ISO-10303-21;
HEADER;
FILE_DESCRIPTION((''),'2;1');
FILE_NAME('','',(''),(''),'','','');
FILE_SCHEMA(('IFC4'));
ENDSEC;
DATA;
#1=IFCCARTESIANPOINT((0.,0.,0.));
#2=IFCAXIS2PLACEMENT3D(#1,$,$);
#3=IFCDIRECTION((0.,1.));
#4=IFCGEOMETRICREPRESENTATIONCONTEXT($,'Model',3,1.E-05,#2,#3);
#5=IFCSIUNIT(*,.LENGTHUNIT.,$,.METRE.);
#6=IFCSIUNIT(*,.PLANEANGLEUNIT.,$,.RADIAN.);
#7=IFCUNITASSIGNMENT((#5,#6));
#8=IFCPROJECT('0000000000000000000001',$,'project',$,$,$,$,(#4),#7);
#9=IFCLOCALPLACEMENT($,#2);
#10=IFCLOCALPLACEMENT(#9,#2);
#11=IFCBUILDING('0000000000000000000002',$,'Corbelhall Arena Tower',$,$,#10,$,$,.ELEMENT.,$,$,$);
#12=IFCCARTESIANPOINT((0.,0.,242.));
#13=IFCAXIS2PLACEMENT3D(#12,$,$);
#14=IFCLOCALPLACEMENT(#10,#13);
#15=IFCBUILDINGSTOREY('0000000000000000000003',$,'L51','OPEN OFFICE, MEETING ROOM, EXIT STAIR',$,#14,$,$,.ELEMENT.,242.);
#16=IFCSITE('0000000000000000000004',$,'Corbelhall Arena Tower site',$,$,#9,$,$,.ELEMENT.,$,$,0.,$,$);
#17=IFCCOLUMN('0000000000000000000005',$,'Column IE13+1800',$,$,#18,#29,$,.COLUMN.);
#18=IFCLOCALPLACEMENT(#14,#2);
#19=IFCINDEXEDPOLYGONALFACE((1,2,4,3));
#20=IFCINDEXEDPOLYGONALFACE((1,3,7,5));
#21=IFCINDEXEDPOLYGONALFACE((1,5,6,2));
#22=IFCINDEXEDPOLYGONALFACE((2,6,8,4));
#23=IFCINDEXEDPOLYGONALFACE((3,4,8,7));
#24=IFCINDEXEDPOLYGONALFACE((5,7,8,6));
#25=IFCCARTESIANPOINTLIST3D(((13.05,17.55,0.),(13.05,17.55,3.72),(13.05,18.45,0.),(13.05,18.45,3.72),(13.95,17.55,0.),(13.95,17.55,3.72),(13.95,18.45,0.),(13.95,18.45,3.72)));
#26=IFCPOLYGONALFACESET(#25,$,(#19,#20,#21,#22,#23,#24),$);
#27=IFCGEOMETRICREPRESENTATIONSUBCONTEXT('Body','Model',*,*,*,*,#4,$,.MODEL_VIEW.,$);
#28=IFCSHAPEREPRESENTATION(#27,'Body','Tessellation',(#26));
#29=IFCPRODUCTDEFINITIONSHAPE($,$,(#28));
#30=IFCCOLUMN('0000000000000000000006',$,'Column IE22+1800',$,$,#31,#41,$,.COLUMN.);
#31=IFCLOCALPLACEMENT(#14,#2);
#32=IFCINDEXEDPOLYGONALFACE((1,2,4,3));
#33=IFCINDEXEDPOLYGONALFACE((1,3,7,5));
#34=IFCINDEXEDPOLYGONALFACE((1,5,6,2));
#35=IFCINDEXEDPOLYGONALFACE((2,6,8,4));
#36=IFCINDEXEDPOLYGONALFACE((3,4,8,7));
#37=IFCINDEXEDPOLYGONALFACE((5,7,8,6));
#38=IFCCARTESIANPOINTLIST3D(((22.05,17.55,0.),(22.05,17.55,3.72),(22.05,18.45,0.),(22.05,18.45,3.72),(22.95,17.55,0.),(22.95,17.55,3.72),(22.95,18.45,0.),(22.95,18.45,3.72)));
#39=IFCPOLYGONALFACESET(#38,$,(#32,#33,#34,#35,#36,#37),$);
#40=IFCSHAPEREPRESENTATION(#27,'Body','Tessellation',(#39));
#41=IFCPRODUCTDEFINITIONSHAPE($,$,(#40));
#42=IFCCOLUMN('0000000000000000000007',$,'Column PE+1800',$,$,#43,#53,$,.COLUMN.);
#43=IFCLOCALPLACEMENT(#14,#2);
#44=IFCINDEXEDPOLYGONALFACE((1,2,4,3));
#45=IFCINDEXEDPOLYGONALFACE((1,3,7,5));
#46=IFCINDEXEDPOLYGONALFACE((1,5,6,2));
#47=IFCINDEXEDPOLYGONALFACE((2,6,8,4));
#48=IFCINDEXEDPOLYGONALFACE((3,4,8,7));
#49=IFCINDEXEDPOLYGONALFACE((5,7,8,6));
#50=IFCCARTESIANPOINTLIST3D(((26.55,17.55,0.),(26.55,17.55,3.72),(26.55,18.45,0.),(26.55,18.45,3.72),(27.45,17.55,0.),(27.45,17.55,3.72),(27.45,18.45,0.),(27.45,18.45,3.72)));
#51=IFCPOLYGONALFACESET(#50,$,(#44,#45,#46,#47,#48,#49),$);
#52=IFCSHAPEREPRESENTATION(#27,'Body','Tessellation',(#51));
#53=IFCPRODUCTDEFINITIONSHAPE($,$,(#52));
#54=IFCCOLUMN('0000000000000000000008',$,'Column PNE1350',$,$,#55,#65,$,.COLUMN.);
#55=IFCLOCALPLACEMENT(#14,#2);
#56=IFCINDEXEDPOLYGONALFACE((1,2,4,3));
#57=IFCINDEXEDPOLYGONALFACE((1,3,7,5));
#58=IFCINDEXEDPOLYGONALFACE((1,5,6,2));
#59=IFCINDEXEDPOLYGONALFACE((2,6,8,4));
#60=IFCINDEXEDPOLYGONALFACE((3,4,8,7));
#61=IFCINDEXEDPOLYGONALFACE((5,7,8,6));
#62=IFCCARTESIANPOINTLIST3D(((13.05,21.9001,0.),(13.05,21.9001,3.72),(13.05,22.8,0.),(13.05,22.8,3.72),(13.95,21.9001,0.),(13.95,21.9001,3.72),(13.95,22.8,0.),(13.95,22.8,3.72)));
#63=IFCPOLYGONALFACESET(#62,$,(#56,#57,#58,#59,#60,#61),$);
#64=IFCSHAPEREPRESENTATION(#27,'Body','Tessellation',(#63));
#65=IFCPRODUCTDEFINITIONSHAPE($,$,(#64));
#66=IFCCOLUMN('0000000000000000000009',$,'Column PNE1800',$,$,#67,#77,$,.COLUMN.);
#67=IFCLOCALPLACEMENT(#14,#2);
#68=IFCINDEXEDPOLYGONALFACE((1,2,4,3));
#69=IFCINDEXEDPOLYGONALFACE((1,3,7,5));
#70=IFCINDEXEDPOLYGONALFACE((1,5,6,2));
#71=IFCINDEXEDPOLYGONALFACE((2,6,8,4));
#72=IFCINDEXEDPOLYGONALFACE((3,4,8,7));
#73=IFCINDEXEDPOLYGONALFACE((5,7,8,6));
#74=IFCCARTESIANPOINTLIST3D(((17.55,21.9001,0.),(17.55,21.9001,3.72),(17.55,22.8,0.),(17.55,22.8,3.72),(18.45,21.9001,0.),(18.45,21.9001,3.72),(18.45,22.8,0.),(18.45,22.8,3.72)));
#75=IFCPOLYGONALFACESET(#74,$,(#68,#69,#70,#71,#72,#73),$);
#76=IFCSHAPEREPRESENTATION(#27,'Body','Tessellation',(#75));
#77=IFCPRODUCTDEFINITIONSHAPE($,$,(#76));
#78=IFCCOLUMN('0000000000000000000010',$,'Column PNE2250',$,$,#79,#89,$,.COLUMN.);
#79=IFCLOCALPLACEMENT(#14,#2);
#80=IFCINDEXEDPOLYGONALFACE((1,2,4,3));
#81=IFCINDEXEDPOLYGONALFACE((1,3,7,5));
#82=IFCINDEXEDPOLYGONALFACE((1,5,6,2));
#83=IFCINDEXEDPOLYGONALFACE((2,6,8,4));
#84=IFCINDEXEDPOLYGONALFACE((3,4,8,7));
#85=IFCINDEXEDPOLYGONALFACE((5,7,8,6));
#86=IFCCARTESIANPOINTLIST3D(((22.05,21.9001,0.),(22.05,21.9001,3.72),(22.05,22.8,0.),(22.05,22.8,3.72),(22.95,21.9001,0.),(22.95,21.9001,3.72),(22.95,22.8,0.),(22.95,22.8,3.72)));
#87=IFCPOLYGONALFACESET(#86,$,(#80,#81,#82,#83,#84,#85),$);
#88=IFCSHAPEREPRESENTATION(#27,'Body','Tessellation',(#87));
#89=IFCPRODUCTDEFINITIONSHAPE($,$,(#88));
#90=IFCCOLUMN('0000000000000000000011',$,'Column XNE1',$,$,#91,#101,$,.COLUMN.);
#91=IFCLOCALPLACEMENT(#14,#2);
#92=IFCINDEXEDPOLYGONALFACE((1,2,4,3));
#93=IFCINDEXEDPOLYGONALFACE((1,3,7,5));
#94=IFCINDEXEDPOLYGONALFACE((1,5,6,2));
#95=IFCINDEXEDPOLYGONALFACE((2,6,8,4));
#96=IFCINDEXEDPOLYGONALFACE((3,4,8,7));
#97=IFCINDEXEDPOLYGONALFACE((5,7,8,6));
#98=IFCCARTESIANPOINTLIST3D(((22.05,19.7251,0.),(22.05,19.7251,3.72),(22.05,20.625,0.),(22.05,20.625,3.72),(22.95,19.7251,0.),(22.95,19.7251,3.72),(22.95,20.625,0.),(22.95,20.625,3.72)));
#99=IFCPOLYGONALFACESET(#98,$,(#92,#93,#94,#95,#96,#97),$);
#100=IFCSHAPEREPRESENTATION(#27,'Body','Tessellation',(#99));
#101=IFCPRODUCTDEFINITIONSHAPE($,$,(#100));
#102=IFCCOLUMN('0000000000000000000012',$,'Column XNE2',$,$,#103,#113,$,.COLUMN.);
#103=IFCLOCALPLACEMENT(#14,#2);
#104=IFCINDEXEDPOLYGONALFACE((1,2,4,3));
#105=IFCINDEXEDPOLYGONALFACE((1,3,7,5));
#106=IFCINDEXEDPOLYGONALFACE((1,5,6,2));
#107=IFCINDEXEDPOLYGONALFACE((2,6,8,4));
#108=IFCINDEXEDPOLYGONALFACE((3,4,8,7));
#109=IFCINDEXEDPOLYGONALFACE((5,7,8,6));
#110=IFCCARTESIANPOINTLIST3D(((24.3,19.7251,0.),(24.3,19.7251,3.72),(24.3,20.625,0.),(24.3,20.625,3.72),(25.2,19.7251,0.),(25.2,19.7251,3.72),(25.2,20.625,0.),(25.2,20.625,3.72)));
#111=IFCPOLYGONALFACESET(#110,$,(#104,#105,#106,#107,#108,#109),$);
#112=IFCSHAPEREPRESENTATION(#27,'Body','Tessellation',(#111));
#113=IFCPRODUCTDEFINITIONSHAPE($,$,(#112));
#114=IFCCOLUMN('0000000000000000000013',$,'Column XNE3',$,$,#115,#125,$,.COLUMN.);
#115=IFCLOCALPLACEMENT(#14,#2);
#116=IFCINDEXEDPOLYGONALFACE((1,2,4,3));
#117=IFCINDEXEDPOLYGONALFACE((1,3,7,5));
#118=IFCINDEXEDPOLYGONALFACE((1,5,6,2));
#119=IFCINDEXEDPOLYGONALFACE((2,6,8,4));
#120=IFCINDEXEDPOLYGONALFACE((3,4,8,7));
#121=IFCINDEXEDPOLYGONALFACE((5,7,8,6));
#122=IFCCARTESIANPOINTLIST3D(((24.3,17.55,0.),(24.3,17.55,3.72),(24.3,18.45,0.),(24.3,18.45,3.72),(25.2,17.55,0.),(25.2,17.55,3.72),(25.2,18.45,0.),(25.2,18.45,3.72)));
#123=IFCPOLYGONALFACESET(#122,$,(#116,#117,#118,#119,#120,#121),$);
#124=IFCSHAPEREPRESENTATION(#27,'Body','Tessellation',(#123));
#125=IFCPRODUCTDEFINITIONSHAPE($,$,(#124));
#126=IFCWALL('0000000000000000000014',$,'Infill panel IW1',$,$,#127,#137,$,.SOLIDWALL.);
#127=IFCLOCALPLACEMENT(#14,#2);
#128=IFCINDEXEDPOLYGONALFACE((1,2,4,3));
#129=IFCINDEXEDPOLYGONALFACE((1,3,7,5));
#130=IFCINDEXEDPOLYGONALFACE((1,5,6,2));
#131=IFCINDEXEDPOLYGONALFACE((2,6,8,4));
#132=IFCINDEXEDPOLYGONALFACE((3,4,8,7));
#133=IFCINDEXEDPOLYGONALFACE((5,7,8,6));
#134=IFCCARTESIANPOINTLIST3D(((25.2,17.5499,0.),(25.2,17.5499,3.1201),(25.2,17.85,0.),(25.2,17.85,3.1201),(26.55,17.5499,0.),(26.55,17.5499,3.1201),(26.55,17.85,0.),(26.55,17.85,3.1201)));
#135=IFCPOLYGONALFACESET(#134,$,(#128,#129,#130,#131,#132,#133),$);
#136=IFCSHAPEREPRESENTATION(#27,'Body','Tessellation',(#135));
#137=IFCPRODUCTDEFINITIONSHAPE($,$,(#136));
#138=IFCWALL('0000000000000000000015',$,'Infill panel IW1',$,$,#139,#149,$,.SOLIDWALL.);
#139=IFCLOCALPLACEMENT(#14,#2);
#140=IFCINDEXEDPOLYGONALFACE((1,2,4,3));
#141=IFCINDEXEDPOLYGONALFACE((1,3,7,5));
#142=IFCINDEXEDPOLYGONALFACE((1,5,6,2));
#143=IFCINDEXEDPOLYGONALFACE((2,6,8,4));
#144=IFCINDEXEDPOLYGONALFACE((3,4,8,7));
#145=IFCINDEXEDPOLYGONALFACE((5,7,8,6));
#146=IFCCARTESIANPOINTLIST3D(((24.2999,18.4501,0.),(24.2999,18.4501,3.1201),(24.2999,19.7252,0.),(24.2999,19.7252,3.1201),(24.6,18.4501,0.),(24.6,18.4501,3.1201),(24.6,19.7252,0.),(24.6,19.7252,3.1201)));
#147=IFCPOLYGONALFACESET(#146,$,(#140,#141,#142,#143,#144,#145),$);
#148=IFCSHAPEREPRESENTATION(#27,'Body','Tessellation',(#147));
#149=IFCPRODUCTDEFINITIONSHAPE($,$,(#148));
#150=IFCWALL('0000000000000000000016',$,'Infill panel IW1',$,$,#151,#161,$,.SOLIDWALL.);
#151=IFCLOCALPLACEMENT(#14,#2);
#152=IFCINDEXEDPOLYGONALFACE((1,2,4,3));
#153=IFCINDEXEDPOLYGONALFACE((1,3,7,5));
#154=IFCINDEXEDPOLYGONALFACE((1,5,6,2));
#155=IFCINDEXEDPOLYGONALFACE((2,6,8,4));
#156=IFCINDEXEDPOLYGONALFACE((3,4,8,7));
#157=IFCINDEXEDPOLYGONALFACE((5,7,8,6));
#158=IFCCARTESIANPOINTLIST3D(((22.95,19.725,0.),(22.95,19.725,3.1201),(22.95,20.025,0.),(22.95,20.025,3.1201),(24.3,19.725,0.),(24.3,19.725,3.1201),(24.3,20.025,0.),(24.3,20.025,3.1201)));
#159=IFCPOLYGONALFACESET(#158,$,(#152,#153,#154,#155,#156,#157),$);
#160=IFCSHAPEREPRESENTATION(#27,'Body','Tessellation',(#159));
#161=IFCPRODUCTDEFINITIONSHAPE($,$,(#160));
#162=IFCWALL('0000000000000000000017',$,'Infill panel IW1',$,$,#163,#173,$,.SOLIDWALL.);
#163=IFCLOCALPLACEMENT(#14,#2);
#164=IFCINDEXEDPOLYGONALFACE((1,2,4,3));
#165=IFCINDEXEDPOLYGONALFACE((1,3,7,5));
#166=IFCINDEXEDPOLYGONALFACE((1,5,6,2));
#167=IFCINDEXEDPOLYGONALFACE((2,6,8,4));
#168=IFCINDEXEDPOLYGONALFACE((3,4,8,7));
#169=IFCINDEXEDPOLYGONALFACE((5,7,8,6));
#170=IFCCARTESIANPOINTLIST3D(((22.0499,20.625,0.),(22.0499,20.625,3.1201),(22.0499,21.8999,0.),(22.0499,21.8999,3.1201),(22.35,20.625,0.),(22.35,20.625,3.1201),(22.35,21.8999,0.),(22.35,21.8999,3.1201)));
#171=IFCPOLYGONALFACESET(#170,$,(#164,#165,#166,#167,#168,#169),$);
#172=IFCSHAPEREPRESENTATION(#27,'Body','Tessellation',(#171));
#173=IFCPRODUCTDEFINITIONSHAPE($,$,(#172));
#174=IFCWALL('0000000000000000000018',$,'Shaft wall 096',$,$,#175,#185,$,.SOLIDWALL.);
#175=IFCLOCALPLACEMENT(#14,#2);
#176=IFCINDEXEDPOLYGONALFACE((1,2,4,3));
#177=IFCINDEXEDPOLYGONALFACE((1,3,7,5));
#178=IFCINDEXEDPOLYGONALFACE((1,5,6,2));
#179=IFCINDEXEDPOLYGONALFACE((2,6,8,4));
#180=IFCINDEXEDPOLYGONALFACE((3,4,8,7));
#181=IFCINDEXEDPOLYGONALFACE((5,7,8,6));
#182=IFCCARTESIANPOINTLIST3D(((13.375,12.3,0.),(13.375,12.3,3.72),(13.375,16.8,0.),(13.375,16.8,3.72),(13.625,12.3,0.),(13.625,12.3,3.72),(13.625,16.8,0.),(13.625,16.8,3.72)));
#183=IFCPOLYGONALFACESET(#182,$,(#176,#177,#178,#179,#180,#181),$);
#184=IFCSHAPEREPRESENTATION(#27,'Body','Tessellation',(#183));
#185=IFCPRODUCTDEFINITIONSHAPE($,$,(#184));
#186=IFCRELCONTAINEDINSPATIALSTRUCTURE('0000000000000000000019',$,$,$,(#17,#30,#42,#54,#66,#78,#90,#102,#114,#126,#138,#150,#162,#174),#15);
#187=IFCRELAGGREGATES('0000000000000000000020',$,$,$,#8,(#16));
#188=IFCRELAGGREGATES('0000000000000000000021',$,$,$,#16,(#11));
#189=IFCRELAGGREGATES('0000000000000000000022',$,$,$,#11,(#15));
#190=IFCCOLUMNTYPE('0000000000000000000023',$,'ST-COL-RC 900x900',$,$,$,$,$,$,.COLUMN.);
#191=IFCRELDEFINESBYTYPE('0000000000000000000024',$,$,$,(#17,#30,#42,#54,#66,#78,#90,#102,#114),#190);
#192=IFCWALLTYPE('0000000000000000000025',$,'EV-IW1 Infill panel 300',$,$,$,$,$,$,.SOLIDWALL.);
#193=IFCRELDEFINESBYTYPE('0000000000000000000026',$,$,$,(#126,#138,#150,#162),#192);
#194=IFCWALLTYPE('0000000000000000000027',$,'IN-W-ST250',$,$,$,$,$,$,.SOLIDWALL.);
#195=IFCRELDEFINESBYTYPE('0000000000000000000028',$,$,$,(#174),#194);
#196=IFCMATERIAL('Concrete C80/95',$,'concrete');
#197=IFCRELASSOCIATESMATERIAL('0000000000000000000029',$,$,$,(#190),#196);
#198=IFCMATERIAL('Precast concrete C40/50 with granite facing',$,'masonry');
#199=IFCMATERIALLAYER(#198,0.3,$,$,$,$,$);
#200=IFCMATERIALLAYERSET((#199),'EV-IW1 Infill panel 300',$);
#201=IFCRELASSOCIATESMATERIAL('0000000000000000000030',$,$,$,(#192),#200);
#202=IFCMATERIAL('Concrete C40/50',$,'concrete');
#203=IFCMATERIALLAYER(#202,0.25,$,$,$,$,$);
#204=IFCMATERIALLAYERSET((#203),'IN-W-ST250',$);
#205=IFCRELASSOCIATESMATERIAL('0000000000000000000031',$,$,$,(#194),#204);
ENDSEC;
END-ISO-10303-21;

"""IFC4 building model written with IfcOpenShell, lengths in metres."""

from ifc_helpers import new_model, si_unit, direction, frame, frame_2d, origin, origin_2d, place, context, subcontext, project, spatial, rectangle, extrude, material, layer, layer_set, material_profile, profile_set, type_object, element, save


model = new_model("IFC4")

# Units and contexts
model_context = context("Model", 3, precision=1e-05, world=origin(), true_north=direction((0.0, 1.0)))
body_context = subcontext(model_context, "Body", "Model", "MODEL_VIEW")
ifc_project = project(units=[si_unit("LENGTHUNIT", "METRE"), si_unit("PLANEANGLEUNIT", "RADIAN")], contexts=[model_context])

# Site, building, storey
site_placement = place(None, origin())
site = spatial("IfcSite", under=ifc_project, at=site_placement, Name="Corbelhall Arena Tower site", CompositionType="ELEMENT", RefElevation=0.0)
building_placement = place(site_placement, origin())
building = spatial("IfcBuilding", under=site, at=building_placement, Name="Corbelhall Arena Tower", CompositionType="ELEMENT")
storey_placement = place(building_placement, frame((0.0, 0.0, 242.0)))
storey = spatial("IfcBuildingStorey", under=building, at=storey_placement, Name="L51", Description="OPEN OFFICE, MEETING ROOM, EXIT STAIR", CompositionType="ELEMENT", Elevation=242.0)

# Columns
ifc_material_1 = material(Name="Concrete C80/95", Category="concrete")
ifc_material_profile = material_profile(ifc_material_1, rectangle(XDim=0.8999, YDim=0.8999, at=origin_2d()))
ifc_profile_set = profile_set([ifc_material_profile], Name="Concrete C80/95")
column_type = type_object("IfcColumnType", Name="ST-COL-RC 900x900", PredefinedType="COLUMN", material=ifc_profile_set)
for number, where, z_axis, x_axis, name in (
    (1, (13.5, 18.0, 0.0), (0.0, 0.0, 1.0), (1.0, 0.0, 0.0), "Column IE13+1800"),
    (2, (22.5, 18.0, 0.0), (0.0, 0.0, 1.0), (1.0, 0.0, 0.0), "Column IE22+1800"),
    (3, (27.0, 18.0, 0.0), (0.0, 0.0, 1.0), (0.0, 1.0, 0.0), "Column PE+1800"),
    (4, (13.5, 22.3501, 0.0), (0.0, 0.0, 1.0), (1.0, 0.0, 0.0), "Column PNE1350"),
    (5, (18.0, 22.3501, 0.0), (0.0, 0.0, 1.0), (1.0, 0.0, 0.0), "Column PNE1800"),
    (6, (22.5, 22.3501, 0.0), (0.0, 0.0, 1.0), (1.0, 0.0, 0.0), "Column PNE2250"),
    (7, (22.5, 20.175, 0.0), (0.0, 0.0, 1.0), (1.0, 0.0, 0.0), "Column XNE1"),
    (8, (24.75, 20.175, 0.0), (0.0, 0.0, 1.0), (1.0, 0.0, 0.0), "Column XNE2"),
    (9, (24.75, 18.0, 0.0), (0.0, 0.0, 1.0), (1.0, 0.0, 0.0), "Column XNE3"),
):
    element("IfcColumn", number, at=place(storey_placement, frame(where, z_axis=z_axis, x_axis=x_axis)), inside=storey, type_object=column_type, Name=name, PredefinedType="COLUMN", context=body_context, shape_type="SweptSolid", body=[
        extrude(rectangle(XDim=0.8999, YDim=0.8999, at=origin_2d()), origin(), (0.0, 0.0, 1.0), 3.72),
    ])

# Walls
ifc_material_2 = material(Name="Precast concrete C40/50 with granite facing", Category="masonry")
ifc_layer_1 = layer(ifc_material_2, 0.3)
ifc_layer_set_1 = layer_set([ifc_layer_1], Name="EV-IW1 Infill panel 300")
wall_type_1 = type_object("IfcWallType", Name="EV-IW1 Infill panel 300", PredefinedType="SOLIDWALL", material=ifc_layer_set_1)
wall_1_placement = place(storey_placement, frame((26.55, 17.7, 0.0), z_axis=(0.0, 0.0, 1.0), x_axis=(-1.0, 0.0, 0.0)))
element("IfcWall", 10, at=wall_1_placement, inside=storey, type_object=wall_type_1, Name="Infill panel IW1", PredefinedType="SOLIDWALL", context=body_context, shape_type="SweptSolid", body=[
    extrude(rectangle(XDim=1.3501, YDim=0.3, at=frame_2d((0.675, 0.0))), origin(), (0.0, 0.0, 1.0), 3.1201),
])
wall_2_placement = place(storey_placement, frame((24.45, 18.45, 0.0), z_axis=(0.0, 0.0, 1.0), x_axis=(0.0, 1.0, 0.0)))
element("IfcWall", 11, at=wall_2_placement, inside=storey, type_object=wall_type_1, Name="Infill panel IW1", PredefinedType="SOLIDWALL", context=body_context, shape_type="SweptSolid", body=[
    extrude(rectangle(XDim=1.2751, YDim=0.3, at=frame_2d((0.6377, 0.0))), origin(), (0.0, 0.0, 1.0), 3.1201),
])
wall_3_placement = place(storey_placement, frame((24.3, 19.875, 0.0), z_axis=(0.0, 0.0, 1.0), x_axis=(-1.0, 0.0, 0.0)))
element("IfcWall", 12, at=wall_3_placement, inside=storey, type_object=wall_type_1, Name="Infill panel IW1", PredefinedType="SOLIDWALL", context=body_context, shape_type="SweptSolid", body=[
    extrude(rectangle(XDim=1.3501, YDim=0.3, at=frame_2d((0.675, 0.0))), origin(), (0.0, 0.0, 1.0), 3.1201),
])
wall_4_placement = place(storey_placement, frame((22.2, 20.625, 0.0), z_axis=(0.0, 0.0, 1.0), x_axis=(0.0, 1.0, 0.0)))
element("IfcWall", 13, at=wall_4_placement, inside=storey, type_object=wall_type_1, Name="Infill panel IW1", PredefinedType="SOLIDWALL", context=body_context, shape_type="SweptSolid", body=[
    extrude(rectangle(XDim=1.2749, YDim=0.3, at=frame_2d((0.6375, 0.0))), origin(), (0.0, 0.0, 1.0), 3.1201),
])

# Wall
ifc_material_3 = material(Name="Concrete C40/50", Category="concrete")
ifc_layer_2 = layer(ifc_material_3, 0.25)
ifc_layer_set_2 = layer_set([ifc_layer_2], Name="IN-W-ST250")
wall_type_2 = type_object("IfcWallType", Name="IN-W-ST250", PredefinedType="SOLIDWALL", material=ifc_layer_set_2)
wall_5_placement = place(storey_placement, frame((13.5, 16.8, 0.0), z_axis=(0.0, 0.0, 1.0), x_axis=(0.0, -1.0, 0.0)))
element("IfcWall", 14, at=wall_5_placement, inside=storey, type_object=wall_type_2, Name="Shaft wall 096", PredefinedType="SOLIDWALL", context=body_context, shape_type="SweptSolid", body=[
    extrude(rectangle(XDim=4.5, YDim=0.25, at=frame_2d((2.25, 0.0))), origin(), (0.0, 0.0, 1.0), 3.72),
])

save(model, "model.ifc")
